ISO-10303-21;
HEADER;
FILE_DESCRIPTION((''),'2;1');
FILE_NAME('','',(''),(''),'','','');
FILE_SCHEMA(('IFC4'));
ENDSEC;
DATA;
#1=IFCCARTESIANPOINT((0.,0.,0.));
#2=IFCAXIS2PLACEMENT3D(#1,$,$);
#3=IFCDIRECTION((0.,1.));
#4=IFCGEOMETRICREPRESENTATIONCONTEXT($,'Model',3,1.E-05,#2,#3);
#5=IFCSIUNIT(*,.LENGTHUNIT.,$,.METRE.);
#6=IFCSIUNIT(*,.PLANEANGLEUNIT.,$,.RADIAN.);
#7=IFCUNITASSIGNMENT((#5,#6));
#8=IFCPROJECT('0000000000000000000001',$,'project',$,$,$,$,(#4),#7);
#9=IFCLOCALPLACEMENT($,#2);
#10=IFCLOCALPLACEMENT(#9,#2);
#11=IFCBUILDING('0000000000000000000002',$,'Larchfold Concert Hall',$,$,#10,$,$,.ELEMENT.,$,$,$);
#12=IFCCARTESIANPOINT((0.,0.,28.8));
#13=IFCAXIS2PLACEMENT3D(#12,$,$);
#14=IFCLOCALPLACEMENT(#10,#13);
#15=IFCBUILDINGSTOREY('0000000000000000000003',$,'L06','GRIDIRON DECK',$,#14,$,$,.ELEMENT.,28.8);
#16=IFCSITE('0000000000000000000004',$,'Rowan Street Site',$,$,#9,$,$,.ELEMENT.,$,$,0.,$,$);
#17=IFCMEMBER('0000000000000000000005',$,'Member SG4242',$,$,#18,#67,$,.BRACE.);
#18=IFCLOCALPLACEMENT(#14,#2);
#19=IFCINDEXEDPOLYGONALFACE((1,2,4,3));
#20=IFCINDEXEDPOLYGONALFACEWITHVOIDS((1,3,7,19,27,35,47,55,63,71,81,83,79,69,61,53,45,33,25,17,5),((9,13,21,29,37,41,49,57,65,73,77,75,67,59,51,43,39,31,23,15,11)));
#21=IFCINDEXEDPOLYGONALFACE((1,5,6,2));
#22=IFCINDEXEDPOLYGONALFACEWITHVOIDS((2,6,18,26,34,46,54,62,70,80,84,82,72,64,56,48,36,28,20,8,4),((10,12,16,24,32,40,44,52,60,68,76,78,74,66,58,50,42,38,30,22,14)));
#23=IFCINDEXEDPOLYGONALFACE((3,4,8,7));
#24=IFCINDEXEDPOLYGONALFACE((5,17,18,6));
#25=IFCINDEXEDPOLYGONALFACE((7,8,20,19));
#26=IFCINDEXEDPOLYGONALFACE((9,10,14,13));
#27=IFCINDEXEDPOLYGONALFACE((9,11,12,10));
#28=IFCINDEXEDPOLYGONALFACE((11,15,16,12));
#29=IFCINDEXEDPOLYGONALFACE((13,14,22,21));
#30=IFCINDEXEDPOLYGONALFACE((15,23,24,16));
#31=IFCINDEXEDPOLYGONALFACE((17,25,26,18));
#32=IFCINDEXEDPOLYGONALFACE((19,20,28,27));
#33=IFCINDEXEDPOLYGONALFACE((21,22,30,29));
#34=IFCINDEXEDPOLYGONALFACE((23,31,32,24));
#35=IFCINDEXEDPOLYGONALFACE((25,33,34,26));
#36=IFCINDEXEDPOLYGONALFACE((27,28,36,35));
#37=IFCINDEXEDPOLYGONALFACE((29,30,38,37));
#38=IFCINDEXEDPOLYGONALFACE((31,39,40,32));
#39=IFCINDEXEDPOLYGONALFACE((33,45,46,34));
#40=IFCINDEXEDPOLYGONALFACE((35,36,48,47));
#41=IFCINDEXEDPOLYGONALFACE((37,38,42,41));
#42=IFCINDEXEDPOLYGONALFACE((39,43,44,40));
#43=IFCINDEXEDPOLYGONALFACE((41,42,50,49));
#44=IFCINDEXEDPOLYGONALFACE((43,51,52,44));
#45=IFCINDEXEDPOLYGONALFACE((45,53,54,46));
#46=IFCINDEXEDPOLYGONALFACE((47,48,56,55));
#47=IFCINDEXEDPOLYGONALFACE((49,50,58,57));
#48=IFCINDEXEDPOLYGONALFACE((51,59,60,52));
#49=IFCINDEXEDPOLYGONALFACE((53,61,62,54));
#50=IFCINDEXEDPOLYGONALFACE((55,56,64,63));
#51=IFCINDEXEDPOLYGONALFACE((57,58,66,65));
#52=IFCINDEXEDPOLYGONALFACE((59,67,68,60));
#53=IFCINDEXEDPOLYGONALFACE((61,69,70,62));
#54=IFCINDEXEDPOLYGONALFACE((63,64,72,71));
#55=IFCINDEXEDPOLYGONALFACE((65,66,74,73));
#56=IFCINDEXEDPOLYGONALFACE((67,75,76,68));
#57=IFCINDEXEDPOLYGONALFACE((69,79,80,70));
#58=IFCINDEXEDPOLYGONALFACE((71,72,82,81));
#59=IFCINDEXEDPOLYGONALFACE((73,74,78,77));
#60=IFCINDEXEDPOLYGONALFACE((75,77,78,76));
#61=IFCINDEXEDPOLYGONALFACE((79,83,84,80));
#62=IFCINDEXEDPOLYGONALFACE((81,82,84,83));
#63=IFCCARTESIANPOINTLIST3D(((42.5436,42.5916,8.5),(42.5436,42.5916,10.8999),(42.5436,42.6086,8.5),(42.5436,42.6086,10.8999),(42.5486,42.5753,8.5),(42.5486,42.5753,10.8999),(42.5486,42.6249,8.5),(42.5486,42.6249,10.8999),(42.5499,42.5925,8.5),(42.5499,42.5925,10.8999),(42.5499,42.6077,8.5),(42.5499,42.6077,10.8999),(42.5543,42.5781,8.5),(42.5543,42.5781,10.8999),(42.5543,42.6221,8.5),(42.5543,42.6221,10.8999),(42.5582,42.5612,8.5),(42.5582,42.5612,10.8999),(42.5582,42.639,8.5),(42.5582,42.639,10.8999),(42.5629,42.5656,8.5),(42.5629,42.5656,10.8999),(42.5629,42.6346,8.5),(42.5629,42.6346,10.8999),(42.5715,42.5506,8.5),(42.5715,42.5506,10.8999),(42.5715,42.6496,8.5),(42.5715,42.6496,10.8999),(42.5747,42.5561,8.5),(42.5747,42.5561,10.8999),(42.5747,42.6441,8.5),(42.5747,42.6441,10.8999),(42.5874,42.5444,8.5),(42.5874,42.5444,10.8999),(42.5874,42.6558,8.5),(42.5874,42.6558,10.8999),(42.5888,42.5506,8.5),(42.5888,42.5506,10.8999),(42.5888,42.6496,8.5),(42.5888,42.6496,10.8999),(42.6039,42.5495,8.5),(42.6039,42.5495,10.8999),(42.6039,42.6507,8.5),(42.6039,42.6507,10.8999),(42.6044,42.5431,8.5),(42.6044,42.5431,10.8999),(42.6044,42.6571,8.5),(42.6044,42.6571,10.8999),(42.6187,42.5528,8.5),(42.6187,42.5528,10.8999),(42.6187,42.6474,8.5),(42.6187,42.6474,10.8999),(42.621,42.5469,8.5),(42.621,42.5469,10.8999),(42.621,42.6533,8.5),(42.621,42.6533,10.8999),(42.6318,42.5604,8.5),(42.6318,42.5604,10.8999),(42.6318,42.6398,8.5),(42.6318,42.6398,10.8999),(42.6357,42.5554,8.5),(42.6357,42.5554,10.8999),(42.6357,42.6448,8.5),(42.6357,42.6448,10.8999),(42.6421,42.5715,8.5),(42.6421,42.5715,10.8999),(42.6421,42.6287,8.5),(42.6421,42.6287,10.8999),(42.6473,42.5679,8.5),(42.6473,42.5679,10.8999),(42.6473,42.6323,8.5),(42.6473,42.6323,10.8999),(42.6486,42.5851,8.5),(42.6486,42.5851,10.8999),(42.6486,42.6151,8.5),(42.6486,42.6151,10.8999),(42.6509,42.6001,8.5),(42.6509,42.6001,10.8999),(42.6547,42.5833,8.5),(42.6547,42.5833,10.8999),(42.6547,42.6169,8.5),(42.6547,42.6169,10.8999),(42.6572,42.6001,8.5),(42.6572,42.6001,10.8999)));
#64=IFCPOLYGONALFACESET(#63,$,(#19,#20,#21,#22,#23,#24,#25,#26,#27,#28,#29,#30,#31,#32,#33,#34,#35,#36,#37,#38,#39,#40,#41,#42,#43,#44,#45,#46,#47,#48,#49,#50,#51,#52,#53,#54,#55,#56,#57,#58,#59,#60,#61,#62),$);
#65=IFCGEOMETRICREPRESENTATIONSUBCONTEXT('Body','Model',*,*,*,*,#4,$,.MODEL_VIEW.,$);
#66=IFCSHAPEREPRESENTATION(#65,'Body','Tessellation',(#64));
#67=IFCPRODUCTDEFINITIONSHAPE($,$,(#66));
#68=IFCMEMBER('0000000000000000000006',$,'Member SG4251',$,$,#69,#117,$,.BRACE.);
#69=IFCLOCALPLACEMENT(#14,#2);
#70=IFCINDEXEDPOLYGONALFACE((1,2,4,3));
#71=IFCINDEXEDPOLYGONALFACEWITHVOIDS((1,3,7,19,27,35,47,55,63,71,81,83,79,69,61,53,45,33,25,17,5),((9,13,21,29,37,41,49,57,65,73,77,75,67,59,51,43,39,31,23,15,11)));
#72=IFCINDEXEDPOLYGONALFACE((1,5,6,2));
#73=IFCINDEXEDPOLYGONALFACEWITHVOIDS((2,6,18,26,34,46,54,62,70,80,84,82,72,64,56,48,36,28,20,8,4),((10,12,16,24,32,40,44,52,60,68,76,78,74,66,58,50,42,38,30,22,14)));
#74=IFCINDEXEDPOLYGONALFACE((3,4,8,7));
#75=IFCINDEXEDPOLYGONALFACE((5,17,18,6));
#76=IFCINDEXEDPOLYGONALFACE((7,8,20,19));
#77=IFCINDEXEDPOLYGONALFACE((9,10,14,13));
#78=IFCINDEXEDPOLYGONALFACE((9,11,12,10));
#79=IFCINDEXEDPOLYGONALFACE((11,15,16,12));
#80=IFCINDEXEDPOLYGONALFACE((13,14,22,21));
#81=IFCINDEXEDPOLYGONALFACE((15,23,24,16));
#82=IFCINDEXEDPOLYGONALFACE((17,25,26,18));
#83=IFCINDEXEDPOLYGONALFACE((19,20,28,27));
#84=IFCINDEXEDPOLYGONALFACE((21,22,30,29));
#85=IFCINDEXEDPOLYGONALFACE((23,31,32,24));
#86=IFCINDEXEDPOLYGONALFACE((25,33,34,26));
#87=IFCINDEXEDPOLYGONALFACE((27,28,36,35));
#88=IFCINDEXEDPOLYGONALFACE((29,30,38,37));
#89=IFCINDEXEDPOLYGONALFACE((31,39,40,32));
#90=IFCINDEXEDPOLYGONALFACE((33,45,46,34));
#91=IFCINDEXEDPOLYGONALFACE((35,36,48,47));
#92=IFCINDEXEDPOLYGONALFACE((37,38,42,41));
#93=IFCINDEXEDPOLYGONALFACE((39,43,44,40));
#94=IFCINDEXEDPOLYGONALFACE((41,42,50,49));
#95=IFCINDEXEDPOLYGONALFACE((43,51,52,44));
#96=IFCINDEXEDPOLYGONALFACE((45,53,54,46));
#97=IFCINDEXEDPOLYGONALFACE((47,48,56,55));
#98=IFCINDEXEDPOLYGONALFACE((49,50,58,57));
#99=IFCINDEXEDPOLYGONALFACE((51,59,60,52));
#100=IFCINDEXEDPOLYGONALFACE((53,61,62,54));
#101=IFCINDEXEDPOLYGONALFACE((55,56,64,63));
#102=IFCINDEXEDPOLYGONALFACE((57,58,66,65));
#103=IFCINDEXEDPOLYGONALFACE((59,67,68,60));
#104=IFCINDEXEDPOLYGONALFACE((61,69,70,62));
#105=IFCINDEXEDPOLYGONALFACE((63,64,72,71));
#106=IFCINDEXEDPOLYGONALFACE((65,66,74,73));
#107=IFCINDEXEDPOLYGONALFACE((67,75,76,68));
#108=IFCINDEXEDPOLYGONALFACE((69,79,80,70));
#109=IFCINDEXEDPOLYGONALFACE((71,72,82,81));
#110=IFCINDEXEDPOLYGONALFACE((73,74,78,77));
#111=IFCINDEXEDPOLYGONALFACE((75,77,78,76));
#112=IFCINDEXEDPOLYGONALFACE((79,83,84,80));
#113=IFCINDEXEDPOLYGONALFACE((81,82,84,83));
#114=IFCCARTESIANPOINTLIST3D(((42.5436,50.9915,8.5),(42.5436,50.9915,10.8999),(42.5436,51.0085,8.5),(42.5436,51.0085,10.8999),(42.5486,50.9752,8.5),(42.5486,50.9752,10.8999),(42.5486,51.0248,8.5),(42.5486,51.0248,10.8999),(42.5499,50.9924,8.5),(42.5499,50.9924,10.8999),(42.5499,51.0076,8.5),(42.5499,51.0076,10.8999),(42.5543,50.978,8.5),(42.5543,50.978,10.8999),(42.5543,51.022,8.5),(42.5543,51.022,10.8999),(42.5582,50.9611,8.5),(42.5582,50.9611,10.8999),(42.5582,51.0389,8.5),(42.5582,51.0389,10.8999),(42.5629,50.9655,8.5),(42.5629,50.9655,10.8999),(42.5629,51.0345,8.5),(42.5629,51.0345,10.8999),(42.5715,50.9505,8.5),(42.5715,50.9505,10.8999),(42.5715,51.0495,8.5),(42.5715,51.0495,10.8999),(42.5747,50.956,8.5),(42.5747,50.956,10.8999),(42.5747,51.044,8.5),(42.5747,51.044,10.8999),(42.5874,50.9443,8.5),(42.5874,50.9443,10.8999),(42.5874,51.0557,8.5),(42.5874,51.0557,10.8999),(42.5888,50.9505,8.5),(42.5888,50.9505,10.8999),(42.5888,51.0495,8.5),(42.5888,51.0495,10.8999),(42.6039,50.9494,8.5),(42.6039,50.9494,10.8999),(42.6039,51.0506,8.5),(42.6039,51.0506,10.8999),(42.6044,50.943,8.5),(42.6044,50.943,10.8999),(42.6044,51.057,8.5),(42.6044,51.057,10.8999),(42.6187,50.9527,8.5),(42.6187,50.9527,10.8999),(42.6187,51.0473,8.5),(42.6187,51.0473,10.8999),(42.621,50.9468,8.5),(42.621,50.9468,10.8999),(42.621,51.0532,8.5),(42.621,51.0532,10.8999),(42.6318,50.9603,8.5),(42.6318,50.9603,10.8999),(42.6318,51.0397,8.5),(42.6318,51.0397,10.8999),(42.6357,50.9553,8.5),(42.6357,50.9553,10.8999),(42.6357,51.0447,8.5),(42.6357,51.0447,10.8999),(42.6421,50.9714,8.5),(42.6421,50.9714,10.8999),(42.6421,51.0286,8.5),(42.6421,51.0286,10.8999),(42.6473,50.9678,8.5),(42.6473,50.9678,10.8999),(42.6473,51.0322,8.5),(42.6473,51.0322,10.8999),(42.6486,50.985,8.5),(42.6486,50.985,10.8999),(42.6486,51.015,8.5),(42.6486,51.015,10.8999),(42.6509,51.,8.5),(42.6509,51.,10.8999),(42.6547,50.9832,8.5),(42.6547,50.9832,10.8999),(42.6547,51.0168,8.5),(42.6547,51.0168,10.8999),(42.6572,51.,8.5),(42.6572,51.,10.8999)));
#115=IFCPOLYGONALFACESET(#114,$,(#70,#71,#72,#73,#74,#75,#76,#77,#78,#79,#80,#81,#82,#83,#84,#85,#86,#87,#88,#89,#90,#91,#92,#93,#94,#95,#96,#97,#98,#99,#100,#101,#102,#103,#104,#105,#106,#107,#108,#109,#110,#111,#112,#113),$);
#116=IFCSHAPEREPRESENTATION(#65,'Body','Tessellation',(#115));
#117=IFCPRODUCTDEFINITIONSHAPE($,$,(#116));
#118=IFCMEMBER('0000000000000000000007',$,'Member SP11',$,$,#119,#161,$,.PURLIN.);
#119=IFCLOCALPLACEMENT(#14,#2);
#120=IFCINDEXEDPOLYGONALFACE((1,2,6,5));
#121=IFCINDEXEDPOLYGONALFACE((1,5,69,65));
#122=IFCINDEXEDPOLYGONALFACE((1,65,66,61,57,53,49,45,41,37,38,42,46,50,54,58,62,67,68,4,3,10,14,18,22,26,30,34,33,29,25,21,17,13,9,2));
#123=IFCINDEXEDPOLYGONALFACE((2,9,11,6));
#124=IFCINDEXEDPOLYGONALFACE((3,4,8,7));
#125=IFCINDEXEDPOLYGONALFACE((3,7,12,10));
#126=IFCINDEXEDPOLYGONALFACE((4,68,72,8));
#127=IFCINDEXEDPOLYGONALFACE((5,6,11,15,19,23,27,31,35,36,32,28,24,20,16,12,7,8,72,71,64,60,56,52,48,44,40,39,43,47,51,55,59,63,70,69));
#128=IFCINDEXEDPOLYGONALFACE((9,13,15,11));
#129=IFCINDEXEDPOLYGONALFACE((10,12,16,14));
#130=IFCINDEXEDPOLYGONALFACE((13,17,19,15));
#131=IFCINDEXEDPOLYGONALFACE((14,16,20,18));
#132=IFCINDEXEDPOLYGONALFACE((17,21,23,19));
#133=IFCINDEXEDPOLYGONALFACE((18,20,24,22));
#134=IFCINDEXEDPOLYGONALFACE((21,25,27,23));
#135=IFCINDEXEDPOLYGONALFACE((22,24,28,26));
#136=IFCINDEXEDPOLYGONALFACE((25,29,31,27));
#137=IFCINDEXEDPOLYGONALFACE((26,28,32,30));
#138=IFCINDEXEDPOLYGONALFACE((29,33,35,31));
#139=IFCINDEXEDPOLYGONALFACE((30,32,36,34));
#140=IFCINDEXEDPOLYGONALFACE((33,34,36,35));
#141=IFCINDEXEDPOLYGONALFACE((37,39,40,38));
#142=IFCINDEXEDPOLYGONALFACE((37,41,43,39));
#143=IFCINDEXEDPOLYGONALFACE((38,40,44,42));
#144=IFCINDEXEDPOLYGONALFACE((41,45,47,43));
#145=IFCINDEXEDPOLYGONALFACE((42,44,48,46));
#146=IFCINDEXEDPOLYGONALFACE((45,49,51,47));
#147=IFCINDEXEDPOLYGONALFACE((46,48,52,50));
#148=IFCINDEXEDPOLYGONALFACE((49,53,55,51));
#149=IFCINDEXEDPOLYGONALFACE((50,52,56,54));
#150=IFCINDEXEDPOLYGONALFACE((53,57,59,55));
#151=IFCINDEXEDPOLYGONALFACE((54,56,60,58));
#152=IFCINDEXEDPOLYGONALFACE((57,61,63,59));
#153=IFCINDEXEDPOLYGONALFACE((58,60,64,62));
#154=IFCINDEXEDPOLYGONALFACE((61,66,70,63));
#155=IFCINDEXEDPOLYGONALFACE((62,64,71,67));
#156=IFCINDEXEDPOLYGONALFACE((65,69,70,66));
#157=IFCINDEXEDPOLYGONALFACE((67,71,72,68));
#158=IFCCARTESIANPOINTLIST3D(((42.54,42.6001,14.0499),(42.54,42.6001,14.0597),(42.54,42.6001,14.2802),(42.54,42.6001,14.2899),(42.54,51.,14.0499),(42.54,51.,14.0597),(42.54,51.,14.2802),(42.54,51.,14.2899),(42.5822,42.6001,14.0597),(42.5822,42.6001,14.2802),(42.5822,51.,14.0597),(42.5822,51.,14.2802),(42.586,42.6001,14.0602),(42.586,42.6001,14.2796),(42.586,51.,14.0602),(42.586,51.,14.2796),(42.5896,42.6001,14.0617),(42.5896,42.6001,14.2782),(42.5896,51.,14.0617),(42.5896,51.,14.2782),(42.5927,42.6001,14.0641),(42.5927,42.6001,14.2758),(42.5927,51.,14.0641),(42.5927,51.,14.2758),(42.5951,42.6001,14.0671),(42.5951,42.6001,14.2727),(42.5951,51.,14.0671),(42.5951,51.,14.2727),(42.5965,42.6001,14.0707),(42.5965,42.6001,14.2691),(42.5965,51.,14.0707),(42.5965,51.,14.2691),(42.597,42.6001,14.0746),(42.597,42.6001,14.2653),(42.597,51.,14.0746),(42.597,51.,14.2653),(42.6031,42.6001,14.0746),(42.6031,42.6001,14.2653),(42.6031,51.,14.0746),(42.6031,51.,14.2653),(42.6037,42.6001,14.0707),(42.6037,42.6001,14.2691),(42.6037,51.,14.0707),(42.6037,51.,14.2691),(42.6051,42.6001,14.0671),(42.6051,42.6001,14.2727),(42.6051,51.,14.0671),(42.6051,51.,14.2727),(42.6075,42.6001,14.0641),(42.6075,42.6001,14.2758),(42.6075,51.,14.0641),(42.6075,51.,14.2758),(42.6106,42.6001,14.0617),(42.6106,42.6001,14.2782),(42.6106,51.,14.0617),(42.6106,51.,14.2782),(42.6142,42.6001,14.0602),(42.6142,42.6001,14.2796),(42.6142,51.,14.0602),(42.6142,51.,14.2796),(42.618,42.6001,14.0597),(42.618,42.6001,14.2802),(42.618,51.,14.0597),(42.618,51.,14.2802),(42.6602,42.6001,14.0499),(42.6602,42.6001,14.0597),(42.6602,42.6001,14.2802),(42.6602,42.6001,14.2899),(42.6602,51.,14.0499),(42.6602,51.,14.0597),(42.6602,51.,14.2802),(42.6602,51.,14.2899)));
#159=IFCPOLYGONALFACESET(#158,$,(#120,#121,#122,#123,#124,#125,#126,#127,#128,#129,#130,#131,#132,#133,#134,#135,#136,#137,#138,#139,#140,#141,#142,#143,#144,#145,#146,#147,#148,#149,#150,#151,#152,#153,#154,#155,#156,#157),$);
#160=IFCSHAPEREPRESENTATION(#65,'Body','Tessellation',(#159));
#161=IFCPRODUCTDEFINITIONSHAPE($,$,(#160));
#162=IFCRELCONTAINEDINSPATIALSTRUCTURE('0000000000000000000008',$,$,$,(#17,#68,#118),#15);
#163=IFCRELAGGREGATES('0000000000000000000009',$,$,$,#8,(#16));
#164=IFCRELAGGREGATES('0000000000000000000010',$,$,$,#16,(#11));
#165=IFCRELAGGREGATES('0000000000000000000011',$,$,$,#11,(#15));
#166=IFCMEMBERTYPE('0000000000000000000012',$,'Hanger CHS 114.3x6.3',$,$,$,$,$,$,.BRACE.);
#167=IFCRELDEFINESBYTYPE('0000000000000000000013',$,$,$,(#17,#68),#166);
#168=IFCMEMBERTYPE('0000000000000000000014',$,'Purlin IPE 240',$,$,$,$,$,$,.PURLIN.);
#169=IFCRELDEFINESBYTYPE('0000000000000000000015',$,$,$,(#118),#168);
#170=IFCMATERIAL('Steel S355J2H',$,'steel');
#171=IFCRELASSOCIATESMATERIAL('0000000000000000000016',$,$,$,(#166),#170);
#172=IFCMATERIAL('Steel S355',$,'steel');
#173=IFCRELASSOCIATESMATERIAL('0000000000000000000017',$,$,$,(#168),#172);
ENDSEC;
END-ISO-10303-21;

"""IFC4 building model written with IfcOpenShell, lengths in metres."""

from ifc_helpers import new_model, si_unit, direction, frame, origin, origin_2d, place, context, subcontext, project, spatial, hollow_circle, i_section, extrude, material, material_profile, profile_set, type_object, element, save


model = new_model("IFC4")

# Units and contexts
model_context = context("Model", 3, precision=1e-05, world=origin(), true_north=direction((0.0, 1.0)))
body_context = subcontext(model_context, "Body", "Model", "MODEL_VIEW")
ifc_project = project(units=[si_unit("LENGTHUNIT", "METRE"), si_unit("PLANEANGLEUNIT", "RADIAN")], contexts=[model_context])

# Site, building, storey
site_placement = place(None, origin())
site = spatial("IfcSite", under=ifc_project, at=site_placement, Name="Rowan Street Site", CompositionType="ELEMENT", RefElevation=0.0)
building_placement = place(site_placement, origin())
building = spatial("IfcBuilding", under=site, at=building_placement, Name="Larchfold Concert Hall", CompositionType="ELEMENT")
storey_placement = place(building_placement, frame((0.0, 0.0, 28.8)))
storey = spatial("IfcBuildingStorey", under=building, at=storey_placement, Name="L06", Description="GRIDIRON DECK", CompositionType="ELEMENT", Elevation=28.8)

# Members
ifc_material_1 = material(Name="Steel S355J2H", Category="steel")
ifc_material_profile_1 = material_profile(ifc_material_1, hollow_circle(Radius=0.0571, WallThickness=0.0063, at=origin_2d()))
ifc_profile_set_1 = profile_set([ifc_material_profile_1], Name="Steel S355J2H")
member_type_1 = type_object("IfcMemberType", Name="Hanger CHS 114.3x6.3", PredefinedType="BRACE", material=ifc_profile_set_1)
for number, where, z_axis, x_axis, name in (
    (1, (42.6001, 42.6001, 8.5), (0.0, 0.0, 1.0), (1.0, 0.0, 0.0), "Member SG4242"),
    (2, (42.6001, 51.0, 8.5), (0.0, 0.0, 1.0), (1.0, 0.0, 0.0), "Member SG4251"),
):
    element("IfcMember", number, at=place(storey_placement, frame(where, z_axis=z_axis, x_axis=x_axis)), inside=storey, type_object=member_type_1, Name=name, PredefinedType="BRACE", context=body_context, shape_type="SweptSolid", body=[
        extrude(hollow_circle(Radius=0.0571, WallThickness=0.0063, at=origin_2d()), origin(), (0.0, 0.0, 1.0), 2.3999),
    ])
ifc_material_2 = material(Name="Steel S355", Category="steel")
ifc_material_profile_2 = material_profile(ifc_material_2, i_section(OverallWidth=0.1201, OverallDepth=0.24, WebThickness=0.0061, FlangeThickness=0.0098, FilletRadius=0.0149, at=origin_2d()))
ifc_profile_set_2 = profile_set([ifc_material_profile_2], Name="Steel S355")
member_type_2 = type_object("IfcMemberType", Name="Purlin IPE 240", PredefinedType="PURLIN", material=ifc_profile_set_2)
member_1_placement = place(storey_placement, frame((42.6001, 42.6001, 14.1699), z_axis=(0.0, 1.0, 0.0), x_axis=(-1.0, 0.0, 0.0)))
element("IfcMember", 3, at=member_1_placement, inside=storey, type_object=member_type_2, Name="Member SP11", PredefinedType="PURLIN", context=body_context, shape_type="SweptSolid", body=[
    extrude(i_section(OverallWidth=0.1201, OverallDepth=0.24, WebThickness=0.0061, FlangeThickness=0.0098, FilletRadius=0.0149, at=origin_2d()), origin(), (0.0, 0.0, 1.0), 8.3999),
])

save(model, "model.ifc")
